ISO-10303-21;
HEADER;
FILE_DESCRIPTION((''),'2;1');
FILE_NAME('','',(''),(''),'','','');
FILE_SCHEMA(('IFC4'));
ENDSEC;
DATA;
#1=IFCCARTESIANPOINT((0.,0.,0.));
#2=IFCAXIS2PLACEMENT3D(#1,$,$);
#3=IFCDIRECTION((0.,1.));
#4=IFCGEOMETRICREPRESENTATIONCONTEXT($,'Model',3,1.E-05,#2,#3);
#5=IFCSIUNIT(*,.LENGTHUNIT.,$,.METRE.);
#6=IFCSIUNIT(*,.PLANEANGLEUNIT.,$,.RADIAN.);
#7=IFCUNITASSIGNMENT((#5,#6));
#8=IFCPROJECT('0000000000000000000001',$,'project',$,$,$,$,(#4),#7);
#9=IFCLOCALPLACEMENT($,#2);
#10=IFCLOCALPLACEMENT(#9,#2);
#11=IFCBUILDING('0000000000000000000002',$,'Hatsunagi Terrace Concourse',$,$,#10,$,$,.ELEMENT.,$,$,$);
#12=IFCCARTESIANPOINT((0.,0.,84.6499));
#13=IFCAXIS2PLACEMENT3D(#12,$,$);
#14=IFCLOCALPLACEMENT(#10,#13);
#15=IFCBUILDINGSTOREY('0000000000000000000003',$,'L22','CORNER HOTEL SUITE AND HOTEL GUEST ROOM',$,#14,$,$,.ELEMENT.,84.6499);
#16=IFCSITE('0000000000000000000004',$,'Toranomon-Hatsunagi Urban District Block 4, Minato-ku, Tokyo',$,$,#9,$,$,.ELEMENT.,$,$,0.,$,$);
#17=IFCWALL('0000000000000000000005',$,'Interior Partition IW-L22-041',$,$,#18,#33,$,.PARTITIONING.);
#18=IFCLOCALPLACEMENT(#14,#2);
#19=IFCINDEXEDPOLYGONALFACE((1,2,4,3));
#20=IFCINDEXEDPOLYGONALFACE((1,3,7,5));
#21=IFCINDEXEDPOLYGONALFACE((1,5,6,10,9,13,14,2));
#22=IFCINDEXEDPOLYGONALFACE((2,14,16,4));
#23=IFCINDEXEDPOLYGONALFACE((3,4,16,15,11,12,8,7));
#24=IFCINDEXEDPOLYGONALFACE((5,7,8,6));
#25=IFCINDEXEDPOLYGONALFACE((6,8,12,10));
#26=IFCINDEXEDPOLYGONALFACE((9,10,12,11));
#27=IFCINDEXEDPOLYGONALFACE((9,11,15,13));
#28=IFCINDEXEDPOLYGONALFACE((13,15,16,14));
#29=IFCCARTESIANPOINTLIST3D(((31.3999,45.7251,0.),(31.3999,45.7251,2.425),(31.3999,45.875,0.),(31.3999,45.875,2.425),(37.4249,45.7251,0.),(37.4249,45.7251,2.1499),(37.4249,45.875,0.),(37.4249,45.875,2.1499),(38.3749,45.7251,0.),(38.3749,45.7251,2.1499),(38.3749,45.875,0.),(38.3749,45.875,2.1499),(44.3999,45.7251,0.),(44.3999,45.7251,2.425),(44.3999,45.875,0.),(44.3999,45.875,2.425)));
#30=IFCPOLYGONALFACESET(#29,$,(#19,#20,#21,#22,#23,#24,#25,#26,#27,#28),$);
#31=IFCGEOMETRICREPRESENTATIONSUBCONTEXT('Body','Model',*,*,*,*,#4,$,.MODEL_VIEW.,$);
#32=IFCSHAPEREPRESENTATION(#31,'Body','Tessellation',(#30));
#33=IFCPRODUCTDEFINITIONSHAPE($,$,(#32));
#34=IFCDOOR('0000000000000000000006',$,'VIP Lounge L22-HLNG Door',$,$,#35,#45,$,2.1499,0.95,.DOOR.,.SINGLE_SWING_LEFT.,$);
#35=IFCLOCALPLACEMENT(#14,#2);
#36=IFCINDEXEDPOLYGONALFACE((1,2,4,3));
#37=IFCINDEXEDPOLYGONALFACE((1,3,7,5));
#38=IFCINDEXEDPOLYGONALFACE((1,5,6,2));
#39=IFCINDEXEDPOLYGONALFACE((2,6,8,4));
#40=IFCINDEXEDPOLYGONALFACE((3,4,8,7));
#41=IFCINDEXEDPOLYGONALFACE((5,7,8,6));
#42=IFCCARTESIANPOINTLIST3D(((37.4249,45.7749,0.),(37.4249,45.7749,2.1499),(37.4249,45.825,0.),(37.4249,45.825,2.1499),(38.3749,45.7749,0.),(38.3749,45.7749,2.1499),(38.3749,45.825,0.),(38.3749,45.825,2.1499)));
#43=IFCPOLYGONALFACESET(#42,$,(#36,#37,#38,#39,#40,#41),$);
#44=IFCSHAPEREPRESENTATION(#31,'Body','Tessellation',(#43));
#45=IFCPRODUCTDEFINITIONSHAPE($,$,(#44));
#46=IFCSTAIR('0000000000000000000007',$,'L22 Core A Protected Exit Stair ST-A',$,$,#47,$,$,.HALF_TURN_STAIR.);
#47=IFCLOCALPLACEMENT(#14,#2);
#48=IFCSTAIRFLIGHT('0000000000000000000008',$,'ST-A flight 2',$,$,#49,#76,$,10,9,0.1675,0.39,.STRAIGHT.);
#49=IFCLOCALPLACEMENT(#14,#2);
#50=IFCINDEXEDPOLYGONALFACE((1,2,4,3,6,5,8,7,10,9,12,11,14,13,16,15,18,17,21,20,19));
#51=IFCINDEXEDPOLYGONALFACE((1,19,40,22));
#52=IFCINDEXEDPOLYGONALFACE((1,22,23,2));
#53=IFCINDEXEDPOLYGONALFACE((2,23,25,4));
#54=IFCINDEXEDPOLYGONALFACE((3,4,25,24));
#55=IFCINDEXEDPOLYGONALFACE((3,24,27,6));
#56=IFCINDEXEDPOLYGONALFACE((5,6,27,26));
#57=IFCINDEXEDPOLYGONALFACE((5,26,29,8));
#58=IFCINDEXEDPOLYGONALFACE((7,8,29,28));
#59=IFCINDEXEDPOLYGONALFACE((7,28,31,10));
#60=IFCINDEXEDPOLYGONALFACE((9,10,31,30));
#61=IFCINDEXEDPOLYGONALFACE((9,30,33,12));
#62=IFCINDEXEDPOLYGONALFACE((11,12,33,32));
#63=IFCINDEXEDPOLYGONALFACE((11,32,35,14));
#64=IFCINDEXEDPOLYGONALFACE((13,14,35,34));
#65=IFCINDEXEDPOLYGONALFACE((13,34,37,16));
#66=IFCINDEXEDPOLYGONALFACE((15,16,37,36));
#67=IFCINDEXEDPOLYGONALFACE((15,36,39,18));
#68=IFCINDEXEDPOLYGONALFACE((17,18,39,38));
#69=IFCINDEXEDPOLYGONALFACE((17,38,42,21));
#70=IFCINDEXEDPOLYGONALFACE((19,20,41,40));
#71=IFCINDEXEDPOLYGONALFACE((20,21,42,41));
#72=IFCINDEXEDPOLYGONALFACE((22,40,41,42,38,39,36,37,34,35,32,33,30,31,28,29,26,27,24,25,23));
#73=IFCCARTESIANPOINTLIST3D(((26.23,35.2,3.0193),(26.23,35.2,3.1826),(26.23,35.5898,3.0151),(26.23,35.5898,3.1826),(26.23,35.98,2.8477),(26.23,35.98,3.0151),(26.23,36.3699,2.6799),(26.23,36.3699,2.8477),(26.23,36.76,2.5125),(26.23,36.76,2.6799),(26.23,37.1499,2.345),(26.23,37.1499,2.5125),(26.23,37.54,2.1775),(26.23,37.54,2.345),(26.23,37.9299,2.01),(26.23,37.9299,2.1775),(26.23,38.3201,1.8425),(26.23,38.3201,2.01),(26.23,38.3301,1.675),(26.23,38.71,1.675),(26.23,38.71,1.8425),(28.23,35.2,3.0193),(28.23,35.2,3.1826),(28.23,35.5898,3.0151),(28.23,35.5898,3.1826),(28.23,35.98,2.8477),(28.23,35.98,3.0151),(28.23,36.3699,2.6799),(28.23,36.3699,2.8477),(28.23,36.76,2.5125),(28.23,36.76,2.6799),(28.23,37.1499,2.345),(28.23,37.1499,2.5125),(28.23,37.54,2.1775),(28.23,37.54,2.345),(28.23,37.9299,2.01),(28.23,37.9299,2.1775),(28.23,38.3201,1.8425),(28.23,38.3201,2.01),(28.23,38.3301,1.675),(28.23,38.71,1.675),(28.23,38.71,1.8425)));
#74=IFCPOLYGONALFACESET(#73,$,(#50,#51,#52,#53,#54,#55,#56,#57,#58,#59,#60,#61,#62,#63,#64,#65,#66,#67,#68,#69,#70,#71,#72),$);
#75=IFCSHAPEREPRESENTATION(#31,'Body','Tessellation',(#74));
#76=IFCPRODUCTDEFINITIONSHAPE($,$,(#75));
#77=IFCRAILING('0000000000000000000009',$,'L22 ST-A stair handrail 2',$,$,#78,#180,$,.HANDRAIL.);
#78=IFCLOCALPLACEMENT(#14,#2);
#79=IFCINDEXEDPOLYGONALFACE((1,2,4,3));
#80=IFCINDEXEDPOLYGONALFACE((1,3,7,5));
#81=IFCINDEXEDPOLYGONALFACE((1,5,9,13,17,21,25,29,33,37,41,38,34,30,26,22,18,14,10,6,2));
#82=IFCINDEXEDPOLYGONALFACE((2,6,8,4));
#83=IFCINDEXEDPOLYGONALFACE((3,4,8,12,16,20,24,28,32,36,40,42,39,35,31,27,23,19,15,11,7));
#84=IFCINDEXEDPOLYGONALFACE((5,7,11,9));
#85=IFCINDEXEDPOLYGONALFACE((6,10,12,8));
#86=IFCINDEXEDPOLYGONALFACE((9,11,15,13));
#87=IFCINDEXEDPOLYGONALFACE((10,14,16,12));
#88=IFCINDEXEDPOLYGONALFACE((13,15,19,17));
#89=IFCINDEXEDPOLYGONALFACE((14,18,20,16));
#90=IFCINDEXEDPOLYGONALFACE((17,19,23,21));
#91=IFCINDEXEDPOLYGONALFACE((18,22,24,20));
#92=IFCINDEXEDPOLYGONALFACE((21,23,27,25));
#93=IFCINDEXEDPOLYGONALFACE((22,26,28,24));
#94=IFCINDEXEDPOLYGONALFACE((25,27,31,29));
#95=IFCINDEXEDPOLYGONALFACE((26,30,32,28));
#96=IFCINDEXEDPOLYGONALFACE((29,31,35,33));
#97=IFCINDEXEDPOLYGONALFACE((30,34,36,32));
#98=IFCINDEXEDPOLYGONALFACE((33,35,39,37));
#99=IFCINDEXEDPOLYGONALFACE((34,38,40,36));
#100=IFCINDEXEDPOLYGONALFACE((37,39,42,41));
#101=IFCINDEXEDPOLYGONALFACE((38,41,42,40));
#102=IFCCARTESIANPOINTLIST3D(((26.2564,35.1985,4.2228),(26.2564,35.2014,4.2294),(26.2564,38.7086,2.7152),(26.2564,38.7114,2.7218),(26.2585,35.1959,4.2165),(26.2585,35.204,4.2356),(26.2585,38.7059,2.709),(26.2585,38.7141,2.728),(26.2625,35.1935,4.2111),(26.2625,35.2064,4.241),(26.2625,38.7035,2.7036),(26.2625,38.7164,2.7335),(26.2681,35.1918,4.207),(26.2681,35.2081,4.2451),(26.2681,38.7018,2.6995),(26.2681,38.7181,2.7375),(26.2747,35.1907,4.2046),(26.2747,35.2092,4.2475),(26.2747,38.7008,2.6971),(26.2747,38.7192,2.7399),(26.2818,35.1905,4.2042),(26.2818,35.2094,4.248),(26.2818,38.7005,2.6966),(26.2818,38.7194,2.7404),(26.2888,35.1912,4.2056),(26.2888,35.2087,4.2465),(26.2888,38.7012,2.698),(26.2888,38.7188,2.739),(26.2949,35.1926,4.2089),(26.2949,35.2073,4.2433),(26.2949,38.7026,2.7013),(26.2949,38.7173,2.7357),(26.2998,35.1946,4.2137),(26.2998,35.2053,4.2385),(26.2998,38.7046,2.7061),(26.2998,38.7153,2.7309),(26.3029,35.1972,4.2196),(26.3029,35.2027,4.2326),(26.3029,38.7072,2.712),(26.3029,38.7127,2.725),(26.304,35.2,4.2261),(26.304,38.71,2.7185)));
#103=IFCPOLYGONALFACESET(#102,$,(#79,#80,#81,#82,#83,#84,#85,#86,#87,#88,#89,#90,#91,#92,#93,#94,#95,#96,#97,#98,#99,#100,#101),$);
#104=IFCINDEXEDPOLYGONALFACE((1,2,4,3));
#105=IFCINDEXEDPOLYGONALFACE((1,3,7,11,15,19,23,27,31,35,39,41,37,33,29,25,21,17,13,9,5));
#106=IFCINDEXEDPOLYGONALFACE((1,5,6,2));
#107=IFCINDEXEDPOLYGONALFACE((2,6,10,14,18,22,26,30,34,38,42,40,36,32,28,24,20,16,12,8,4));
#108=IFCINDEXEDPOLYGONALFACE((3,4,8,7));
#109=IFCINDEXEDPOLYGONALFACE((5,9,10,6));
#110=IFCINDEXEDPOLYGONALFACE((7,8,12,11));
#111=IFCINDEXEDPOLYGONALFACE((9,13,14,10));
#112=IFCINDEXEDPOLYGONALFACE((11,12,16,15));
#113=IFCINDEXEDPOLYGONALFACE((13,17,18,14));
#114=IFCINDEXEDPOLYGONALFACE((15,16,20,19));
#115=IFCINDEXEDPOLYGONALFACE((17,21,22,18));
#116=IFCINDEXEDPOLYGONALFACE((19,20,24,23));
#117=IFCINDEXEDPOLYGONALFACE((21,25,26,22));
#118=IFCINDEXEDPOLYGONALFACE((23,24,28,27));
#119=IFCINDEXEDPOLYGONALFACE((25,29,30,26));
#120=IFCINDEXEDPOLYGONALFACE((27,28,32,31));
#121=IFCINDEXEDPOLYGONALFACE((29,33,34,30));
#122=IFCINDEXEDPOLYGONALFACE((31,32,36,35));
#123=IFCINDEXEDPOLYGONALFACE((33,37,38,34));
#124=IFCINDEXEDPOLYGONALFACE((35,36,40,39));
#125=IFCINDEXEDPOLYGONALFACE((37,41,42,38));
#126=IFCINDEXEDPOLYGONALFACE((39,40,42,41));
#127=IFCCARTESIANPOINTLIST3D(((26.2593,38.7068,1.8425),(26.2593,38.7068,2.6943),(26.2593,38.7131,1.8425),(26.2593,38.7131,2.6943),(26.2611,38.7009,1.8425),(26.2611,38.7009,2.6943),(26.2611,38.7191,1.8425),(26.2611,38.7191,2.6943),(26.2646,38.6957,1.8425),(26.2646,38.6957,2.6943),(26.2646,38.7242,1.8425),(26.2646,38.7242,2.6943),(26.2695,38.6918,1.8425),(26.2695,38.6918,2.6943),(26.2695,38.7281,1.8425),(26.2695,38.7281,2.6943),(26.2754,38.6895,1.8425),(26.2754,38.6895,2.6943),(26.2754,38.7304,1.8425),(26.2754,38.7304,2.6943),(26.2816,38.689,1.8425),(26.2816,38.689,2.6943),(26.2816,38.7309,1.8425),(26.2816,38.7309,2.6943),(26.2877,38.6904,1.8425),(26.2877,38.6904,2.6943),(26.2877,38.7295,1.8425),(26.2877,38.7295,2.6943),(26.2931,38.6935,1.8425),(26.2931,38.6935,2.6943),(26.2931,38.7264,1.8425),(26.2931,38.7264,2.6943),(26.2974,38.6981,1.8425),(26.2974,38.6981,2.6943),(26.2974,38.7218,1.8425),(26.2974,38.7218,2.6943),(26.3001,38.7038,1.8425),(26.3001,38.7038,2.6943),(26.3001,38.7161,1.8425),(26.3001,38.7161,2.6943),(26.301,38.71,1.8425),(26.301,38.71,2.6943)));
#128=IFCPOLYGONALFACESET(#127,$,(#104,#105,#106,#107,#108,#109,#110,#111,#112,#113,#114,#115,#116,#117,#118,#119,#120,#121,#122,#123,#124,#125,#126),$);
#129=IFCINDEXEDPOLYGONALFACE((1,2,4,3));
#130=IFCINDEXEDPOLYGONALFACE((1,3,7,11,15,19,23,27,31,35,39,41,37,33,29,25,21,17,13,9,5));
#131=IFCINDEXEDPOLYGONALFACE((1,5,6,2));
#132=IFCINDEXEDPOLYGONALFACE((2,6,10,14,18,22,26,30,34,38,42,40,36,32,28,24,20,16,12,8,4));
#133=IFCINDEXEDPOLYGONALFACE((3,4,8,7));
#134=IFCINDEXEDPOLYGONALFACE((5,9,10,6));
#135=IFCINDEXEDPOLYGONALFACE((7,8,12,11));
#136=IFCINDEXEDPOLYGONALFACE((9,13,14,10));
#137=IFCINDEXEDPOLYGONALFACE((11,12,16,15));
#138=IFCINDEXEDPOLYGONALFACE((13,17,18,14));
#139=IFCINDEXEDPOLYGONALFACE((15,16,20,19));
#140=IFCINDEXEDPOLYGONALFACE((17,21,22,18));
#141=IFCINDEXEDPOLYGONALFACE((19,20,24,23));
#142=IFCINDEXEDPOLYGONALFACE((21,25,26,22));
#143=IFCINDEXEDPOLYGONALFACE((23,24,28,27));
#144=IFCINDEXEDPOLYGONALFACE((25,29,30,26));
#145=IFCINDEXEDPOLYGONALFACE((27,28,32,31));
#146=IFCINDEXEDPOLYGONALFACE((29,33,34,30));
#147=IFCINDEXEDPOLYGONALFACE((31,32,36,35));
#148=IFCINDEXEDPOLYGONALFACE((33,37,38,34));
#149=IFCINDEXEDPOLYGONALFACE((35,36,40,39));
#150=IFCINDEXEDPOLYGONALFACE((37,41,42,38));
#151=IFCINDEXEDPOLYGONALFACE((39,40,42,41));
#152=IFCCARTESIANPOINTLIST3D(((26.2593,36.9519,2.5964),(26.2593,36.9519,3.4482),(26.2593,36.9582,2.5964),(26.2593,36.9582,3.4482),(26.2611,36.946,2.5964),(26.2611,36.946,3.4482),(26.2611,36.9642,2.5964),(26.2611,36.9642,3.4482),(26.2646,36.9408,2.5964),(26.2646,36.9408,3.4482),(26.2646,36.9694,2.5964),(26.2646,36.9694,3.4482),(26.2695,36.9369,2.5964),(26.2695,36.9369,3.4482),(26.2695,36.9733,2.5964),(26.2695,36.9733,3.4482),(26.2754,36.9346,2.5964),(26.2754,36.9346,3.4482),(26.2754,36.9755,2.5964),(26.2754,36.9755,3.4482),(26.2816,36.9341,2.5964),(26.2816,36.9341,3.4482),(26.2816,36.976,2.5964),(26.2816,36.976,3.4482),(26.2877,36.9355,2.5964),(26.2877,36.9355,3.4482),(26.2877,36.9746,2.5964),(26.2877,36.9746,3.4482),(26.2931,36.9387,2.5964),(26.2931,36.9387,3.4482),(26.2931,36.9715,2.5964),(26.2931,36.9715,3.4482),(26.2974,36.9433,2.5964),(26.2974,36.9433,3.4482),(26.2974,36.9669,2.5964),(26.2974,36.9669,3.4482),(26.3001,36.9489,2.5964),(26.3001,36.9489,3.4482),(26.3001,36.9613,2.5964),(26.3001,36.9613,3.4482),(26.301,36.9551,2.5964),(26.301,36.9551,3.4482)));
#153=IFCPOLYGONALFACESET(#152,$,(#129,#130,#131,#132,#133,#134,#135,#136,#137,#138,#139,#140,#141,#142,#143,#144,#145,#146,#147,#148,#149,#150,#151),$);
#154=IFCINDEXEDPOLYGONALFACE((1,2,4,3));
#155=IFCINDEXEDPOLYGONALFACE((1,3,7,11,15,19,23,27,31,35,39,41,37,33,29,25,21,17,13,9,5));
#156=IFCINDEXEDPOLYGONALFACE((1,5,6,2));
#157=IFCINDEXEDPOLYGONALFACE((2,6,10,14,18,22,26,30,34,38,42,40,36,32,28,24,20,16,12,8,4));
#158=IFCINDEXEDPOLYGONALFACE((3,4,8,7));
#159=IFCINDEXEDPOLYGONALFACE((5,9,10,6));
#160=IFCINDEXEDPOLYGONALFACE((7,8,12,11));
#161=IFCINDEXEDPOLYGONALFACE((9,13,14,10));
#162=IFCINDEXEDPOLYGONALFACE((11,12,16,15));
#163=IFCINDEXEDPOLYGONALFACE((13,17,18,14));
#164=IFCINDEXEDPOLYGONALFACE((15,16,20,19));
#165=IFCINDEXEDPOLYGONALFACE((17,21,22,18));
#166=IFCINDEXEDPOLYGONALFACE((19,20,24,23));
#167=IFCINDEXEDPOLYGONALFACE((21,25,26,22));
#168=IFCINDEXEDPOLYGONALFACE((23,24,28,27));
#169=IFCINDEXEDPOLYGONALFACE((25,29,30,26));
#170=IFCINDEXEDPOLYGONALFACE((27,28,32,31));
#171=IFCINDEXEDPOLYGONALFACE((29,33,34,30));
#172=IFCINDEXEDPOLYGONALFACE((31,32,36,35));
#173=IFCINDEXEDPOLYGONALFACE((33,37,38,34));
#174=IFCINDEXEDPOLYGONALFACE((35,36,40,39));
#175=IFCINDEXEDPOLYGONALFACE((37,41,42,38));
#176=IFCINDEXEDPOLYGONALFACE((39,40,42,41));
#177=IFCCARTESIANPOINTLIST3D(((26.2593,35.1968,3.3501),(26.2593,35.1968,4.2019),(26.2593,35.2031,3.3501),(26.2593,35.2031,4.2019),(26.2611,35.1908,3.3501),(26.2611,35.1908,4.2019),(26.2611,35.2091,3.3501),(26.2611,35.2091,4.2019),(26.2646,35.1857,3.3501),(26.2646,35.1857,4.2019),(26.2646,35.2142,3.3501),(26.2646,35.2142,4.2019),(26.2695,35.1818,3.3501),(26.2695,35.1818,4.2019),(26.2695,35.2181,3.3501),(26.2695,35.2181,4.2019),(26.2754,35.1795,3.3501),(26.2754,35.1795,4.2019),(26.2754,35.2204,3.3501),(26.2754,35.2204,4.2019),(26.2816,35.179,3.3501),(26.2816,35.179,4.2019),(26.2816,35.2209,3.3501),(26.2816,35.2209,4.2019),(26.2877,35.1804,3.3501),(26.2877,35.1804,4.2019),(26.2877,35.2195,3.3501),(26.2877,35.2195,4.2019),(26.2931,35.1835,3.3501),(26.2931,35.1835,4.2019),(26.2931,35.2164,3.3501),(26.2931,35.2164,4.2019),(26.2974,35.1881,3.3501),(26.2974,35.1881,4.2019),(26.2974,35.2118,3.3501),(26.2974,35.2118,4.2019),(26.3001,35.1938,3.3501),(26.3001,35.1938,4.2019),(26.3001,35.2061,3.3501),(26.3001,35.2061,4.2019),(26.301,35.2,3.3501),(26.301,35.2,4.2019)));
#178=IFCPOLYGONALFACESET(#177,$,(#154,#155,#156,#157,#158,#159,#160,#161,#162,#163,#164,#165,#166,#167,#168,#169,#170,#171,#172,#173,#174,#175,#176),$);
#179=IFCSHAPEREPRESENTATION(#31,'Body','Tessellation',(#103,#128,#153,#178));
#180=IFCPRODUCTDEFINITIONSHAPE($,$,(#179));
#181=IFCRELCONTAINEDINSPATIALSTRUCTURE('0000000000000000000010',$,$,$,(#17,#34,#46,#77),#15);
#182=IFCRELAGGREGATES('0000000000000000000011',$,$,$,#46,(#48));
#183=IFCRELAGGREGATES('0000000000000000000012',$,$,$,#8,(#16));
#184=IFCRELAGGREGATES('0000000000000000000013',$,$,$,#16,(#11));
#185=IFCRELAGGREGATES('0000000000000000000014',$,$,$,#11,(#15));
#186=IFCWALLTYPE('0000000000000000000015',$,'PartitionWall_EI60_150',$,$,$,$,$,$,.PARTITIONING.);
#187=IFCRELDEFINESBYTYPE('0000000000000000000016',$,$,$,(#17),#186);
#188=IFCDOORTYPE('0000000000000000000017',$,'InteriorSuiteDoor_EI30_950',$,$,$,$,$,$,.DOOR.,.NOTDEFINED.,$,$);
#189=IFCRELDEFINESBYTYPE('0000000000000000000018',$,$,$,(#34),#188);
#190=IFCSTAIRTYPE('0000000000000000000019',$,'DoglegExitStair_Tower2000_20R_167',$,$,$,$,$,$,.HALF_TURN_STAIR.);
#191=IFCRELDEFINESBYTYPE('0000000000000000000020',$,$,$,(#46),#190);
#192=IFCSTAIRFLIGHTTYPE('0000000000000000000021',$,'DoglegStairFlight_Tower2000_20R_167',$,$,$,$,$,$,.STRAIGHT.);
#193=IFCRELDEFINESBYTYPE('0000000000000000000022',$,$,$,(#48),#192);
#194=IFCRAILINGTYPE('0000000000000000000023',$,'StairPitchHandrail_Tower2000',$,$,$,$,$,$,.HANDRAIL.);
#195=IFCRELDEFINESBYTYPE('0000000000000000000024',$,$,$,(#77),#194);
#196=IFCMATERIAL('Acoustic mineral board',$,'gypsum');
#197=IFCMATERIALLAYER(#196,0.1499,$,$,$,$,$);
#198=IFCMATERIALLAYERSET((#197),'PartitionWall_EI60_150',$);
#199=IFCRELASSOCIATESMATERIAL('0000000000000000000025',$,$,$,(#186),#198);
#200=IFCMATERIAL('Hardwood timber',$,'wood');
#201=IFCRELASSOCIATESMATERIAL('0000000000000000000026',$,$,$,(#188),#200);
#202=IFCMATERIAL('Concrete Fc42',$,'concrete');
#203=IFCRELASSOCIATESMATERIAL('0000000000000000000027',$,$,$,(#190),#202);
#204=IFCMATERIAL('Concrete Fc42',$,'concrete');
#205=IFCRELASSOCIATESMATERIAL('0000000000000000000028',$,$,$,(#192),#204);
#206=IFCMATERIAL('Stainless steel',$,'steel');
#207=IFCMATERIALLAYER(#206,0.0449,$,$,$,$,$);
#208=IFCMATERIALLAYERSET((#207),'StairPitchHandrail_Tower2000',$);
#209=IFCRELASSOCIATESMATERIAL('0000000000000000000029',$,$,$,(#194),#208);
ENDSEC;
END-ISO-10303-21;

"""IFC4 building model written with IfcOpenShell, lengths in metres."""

from ifc_helpers import new_model, si_unit, direction, frame, frame_2d, origin, origin_2d, place, context, subcontext, project, spatial, polyline, rectangle, circle, outline, extrude, material, layer, layer_set, type_object, element, fill, aggregate, save


model = new_model("IFC4")

# Units and contexts
model_context = context("Model", 3, precision=1e-05, world=origin(), true_north=direction((0.0, 1.0)))
body_context = subcontext(model_context, "Body", "Model", "MODEL_VIEW")
ifc_project = project(units=[si_unit("LENGTHUNIT", "METRE"), si_unit("PLANEANGLEUNIT", "RADIAN")], contexts=[model_context])

# Site, building, storey
site_placement = place(None, origin())
site = spatial("IfcSite", under=ifc_project, at=site_placement, Name="Toranomon-Hatsunagi Urban District Block 4, Minato-ku, Tokyo", CompositionType="ELEMENT", RefElevation=0.0)
building_placement = place(site_placement, origin())
building = spatial("IfcBuilding", under=site, at=building_placement, Name="Hatsunagi Terrace Concourse", CompositionType="ELEMENT")
storey_placement = place(building_placement, frame((0.0, 0.0, 84.6499)))
storey = spatial("IfcBuildingStorey", under=building, at=storey_placement, Name="L22", Description="CORNER HOTEL SUITE AND HOTEL GUEST ROOM", CompositionType="ELEMENT", Elevation=84.6499)

# Shared definitions
ifc_material_1 = material(Name="Acoustic mineral board", Category="gypsum")
ifc_layer_1 = layer(ifc_material_1, 0.1499)
ifc_layer_set_1 = layer_set([ifc_layer_1], Name="PartitionWall_EI60_150")
wall_type_1 = type_object("IfcWallType", Name="PartitionWall_EI60_150", PredefinedType="PARTITIONING", material=ifc_layer_set_1)

# Shared definitions
ifc_material_2 = material(Name="Hardwood timber", Category="wood")
door_type = type_object("IfcDoorType", Name="InteriorSuiteDoor_EI30_950", OperationType="NOTDEFINED", PredefinedType="DOOR", material=ifc_material_2)

# Wall, opening, door
wall_1_placement = place(storey_placement, frame((31.3999, 45.8, 0.0), z_axis=(0.0, 0.0, 1.0), x_axis=(1.0, 0.0, 0.0)))
wall_1 = element("IfcWall", 1, at=wall_1_placement, inside=storey, type_object=wall_type_1, Name="Interior Partition IW-L22-041", PredefinedType="PARTITIONING", context=body_context, shape_type="SweptSolid", body=[
    extrude(rectangle(XDim=13.0, YDim=0.1499, at=frame_2d((6.5, 0.0))), origin(), (0.0, 0.0, 1.0), 2.425),
])
opening_1_placement = place(wall_1_placement, frame((6.0249, 0.0, 0.0)))
opening_1 = element("IfcOpeningElement", 2, at=opening_1_placement, cuts=wall_1, PredefinedType="OPENING", context=body_context, shape_type="SweptSolid", body=[
    extrude(rectangle(XDim=0.95, YDim=2.1499, at=frame_2d((0.4751, 1.075))), frame((0.0, 0.085, 0.0), z_axis=(0.0, -1.0, 0.0), x_axis=(1.0, 0.0, 0.0)), (0.0, 0.0, 1.0), 0.1699),
])
door_1_placement = place(opening_1_placement, origin())
door_1 = element("IfcDoor", 3, at=door_1_placement, inside=storey, type_object=door_type, Name="VIP Lounge L22-HLNG Door", OperationType="SINGLE_SWING_LEFT", OverallHeight=2.1499, OverallWidth=0.95, PredefinedType="DOOR", context=body_context, shape_type="SweptSolid", body=[
    extrude(rectangle(XDim=0.95, YDim=2.1499, at=frame_2d((0.4751, 1.075))), frame((0.0, 0.0249, 0.0), z_axis=(0.0, -1.0, 0.0), x_axis=(1.0, 0.0, 0.0)), (0.0, 0.0, 1.0), 0.05),
])
fill(opening_1, door_1)

# Stair, stair flight
ifc_material_3 = material(Name="Concrete Fc42", Category="concrete")
stair_type = type_object("IfcStairType", Name="DoglegExitStair_Tower2000_20R_167", PredefinedType="HALF_TURN_STAIR", material=ifc_material_3)
stair_placement = place(storey_placement, origin())
stair = element("IfcStair", 4, at=stair_placement, inside=storey, type_object=stair_type, Name="L22 Core A Protected Exit Stair ST-A", PredefinedType="HALF_TURN_STAIR")
ifc_material_4 = material(Name="Concrete Fc42", Category="concrete")
stair_flight_type = type_object("IfcStairFlightType", Name="DoglegStairFlight_Tower2000_20R_167", PredefinedType="STRAIGHT", material=ifc_material_4)
stair_flight_placement = place(storey_placement, frame((27.23, 38.71, 1.675), z_axis=(0.0, 0.0, 1.0), x_axis=(0.0, -1.0, 0.0)))
stair_flight = element("IfcStairFlight", 5, at=stair_flight_placement, type_object=stair_flight_type, Name="ST-A flight 2", NumberOfRisers=10, NumberOfTreads=9, PredefinedType="STRAIGHT", RiserHeight=0.1675, TreadLength=0.39, context=body_context, shape_type="SweptSolid", body=[
    extrude(outline(polyline([(0.0, 0.0), (0.0, 0.1675), (0.3899, 0.1675), (0.3899, 0.335), (0.78, 0.335), (0.78, 0.5024), (1.1699, 0.5024), (1.1699, 0.6699), (1.5601, 0.6699), (1.5601, 0.8374), (1.95, 0.8374), (1.95, 1.0049), (2.3401, 1.0049), (2.3401, 1.1726), (2.73, 1.1726), (2.73, 1.3401), (3.1201, 1.3401), (3.1201, 1.5076), (3.51, 1.5076), (3.51, 1.675), (3.51, 1.3442), (0.3799, 0.0), (0.0, 0.0)])), frame((0.0, 1.0, 0.0), z_axis=(0.0, -1.0, 0.0), x_axis=(1.0, 0.0, 0.0)), (0.0, 0.0, 1.0), 2.0),
])
aggregate(stair, [stair_flight])

# Railing
ifc_material_5 = material(Name="Stainless steel", Category="steel")
ifc_layer_2 = layer(ifc_material_5, 0.0449)
ifc_layer_set_2 = layer_set([ifc_layer_2], Name="StairPitchHandrail_Tower2000")
railing_type_1 = type_object("IfcRailingType", Name="StairPitchHandrail_Tower2000", PredefinedType="HANDRAIL", material=ifc_layer_set_2)
railing_1_placement = place(storey_placement, frame((26.28, 38.71, 1.8425)))
element("IfcRailing", 6, at=railing_1_placement, inside=storey, type_object=railing_type_1, Name="L22 ST-A stair handrail 2", PredefinedType="HANDRAIL", context=body_context, shape_type="SweptSolid", body=[
    extrude(circle(Radius=0.0239, at=origin_2d()), frame((0.0, 0.0, 0.876), z_axis=(0.0, -0.918834, 0.394644), x_axis=(1.0, 0.0, 0.0)), (0.0, 0.0, 1.0), 3.8201),
    extrude(circle(Radius=0.021, at=origin_2d()), origin(), (0.0, 0.0, 1.0), 0.8518),
    extrude(circle(Radius=0.021, at=origin_2d()), frame((0.0, -1.7549, 0.7539)), (0.0, 0.0, 1.0), 0.8518),
    extrude(circle(Radius=0.021, at=origin_2d()), frame((0.0, -3.51, 1.5076)), (0.0, 0.0, 1.0), 0.8518),
])

save(model, "model.ifc")
